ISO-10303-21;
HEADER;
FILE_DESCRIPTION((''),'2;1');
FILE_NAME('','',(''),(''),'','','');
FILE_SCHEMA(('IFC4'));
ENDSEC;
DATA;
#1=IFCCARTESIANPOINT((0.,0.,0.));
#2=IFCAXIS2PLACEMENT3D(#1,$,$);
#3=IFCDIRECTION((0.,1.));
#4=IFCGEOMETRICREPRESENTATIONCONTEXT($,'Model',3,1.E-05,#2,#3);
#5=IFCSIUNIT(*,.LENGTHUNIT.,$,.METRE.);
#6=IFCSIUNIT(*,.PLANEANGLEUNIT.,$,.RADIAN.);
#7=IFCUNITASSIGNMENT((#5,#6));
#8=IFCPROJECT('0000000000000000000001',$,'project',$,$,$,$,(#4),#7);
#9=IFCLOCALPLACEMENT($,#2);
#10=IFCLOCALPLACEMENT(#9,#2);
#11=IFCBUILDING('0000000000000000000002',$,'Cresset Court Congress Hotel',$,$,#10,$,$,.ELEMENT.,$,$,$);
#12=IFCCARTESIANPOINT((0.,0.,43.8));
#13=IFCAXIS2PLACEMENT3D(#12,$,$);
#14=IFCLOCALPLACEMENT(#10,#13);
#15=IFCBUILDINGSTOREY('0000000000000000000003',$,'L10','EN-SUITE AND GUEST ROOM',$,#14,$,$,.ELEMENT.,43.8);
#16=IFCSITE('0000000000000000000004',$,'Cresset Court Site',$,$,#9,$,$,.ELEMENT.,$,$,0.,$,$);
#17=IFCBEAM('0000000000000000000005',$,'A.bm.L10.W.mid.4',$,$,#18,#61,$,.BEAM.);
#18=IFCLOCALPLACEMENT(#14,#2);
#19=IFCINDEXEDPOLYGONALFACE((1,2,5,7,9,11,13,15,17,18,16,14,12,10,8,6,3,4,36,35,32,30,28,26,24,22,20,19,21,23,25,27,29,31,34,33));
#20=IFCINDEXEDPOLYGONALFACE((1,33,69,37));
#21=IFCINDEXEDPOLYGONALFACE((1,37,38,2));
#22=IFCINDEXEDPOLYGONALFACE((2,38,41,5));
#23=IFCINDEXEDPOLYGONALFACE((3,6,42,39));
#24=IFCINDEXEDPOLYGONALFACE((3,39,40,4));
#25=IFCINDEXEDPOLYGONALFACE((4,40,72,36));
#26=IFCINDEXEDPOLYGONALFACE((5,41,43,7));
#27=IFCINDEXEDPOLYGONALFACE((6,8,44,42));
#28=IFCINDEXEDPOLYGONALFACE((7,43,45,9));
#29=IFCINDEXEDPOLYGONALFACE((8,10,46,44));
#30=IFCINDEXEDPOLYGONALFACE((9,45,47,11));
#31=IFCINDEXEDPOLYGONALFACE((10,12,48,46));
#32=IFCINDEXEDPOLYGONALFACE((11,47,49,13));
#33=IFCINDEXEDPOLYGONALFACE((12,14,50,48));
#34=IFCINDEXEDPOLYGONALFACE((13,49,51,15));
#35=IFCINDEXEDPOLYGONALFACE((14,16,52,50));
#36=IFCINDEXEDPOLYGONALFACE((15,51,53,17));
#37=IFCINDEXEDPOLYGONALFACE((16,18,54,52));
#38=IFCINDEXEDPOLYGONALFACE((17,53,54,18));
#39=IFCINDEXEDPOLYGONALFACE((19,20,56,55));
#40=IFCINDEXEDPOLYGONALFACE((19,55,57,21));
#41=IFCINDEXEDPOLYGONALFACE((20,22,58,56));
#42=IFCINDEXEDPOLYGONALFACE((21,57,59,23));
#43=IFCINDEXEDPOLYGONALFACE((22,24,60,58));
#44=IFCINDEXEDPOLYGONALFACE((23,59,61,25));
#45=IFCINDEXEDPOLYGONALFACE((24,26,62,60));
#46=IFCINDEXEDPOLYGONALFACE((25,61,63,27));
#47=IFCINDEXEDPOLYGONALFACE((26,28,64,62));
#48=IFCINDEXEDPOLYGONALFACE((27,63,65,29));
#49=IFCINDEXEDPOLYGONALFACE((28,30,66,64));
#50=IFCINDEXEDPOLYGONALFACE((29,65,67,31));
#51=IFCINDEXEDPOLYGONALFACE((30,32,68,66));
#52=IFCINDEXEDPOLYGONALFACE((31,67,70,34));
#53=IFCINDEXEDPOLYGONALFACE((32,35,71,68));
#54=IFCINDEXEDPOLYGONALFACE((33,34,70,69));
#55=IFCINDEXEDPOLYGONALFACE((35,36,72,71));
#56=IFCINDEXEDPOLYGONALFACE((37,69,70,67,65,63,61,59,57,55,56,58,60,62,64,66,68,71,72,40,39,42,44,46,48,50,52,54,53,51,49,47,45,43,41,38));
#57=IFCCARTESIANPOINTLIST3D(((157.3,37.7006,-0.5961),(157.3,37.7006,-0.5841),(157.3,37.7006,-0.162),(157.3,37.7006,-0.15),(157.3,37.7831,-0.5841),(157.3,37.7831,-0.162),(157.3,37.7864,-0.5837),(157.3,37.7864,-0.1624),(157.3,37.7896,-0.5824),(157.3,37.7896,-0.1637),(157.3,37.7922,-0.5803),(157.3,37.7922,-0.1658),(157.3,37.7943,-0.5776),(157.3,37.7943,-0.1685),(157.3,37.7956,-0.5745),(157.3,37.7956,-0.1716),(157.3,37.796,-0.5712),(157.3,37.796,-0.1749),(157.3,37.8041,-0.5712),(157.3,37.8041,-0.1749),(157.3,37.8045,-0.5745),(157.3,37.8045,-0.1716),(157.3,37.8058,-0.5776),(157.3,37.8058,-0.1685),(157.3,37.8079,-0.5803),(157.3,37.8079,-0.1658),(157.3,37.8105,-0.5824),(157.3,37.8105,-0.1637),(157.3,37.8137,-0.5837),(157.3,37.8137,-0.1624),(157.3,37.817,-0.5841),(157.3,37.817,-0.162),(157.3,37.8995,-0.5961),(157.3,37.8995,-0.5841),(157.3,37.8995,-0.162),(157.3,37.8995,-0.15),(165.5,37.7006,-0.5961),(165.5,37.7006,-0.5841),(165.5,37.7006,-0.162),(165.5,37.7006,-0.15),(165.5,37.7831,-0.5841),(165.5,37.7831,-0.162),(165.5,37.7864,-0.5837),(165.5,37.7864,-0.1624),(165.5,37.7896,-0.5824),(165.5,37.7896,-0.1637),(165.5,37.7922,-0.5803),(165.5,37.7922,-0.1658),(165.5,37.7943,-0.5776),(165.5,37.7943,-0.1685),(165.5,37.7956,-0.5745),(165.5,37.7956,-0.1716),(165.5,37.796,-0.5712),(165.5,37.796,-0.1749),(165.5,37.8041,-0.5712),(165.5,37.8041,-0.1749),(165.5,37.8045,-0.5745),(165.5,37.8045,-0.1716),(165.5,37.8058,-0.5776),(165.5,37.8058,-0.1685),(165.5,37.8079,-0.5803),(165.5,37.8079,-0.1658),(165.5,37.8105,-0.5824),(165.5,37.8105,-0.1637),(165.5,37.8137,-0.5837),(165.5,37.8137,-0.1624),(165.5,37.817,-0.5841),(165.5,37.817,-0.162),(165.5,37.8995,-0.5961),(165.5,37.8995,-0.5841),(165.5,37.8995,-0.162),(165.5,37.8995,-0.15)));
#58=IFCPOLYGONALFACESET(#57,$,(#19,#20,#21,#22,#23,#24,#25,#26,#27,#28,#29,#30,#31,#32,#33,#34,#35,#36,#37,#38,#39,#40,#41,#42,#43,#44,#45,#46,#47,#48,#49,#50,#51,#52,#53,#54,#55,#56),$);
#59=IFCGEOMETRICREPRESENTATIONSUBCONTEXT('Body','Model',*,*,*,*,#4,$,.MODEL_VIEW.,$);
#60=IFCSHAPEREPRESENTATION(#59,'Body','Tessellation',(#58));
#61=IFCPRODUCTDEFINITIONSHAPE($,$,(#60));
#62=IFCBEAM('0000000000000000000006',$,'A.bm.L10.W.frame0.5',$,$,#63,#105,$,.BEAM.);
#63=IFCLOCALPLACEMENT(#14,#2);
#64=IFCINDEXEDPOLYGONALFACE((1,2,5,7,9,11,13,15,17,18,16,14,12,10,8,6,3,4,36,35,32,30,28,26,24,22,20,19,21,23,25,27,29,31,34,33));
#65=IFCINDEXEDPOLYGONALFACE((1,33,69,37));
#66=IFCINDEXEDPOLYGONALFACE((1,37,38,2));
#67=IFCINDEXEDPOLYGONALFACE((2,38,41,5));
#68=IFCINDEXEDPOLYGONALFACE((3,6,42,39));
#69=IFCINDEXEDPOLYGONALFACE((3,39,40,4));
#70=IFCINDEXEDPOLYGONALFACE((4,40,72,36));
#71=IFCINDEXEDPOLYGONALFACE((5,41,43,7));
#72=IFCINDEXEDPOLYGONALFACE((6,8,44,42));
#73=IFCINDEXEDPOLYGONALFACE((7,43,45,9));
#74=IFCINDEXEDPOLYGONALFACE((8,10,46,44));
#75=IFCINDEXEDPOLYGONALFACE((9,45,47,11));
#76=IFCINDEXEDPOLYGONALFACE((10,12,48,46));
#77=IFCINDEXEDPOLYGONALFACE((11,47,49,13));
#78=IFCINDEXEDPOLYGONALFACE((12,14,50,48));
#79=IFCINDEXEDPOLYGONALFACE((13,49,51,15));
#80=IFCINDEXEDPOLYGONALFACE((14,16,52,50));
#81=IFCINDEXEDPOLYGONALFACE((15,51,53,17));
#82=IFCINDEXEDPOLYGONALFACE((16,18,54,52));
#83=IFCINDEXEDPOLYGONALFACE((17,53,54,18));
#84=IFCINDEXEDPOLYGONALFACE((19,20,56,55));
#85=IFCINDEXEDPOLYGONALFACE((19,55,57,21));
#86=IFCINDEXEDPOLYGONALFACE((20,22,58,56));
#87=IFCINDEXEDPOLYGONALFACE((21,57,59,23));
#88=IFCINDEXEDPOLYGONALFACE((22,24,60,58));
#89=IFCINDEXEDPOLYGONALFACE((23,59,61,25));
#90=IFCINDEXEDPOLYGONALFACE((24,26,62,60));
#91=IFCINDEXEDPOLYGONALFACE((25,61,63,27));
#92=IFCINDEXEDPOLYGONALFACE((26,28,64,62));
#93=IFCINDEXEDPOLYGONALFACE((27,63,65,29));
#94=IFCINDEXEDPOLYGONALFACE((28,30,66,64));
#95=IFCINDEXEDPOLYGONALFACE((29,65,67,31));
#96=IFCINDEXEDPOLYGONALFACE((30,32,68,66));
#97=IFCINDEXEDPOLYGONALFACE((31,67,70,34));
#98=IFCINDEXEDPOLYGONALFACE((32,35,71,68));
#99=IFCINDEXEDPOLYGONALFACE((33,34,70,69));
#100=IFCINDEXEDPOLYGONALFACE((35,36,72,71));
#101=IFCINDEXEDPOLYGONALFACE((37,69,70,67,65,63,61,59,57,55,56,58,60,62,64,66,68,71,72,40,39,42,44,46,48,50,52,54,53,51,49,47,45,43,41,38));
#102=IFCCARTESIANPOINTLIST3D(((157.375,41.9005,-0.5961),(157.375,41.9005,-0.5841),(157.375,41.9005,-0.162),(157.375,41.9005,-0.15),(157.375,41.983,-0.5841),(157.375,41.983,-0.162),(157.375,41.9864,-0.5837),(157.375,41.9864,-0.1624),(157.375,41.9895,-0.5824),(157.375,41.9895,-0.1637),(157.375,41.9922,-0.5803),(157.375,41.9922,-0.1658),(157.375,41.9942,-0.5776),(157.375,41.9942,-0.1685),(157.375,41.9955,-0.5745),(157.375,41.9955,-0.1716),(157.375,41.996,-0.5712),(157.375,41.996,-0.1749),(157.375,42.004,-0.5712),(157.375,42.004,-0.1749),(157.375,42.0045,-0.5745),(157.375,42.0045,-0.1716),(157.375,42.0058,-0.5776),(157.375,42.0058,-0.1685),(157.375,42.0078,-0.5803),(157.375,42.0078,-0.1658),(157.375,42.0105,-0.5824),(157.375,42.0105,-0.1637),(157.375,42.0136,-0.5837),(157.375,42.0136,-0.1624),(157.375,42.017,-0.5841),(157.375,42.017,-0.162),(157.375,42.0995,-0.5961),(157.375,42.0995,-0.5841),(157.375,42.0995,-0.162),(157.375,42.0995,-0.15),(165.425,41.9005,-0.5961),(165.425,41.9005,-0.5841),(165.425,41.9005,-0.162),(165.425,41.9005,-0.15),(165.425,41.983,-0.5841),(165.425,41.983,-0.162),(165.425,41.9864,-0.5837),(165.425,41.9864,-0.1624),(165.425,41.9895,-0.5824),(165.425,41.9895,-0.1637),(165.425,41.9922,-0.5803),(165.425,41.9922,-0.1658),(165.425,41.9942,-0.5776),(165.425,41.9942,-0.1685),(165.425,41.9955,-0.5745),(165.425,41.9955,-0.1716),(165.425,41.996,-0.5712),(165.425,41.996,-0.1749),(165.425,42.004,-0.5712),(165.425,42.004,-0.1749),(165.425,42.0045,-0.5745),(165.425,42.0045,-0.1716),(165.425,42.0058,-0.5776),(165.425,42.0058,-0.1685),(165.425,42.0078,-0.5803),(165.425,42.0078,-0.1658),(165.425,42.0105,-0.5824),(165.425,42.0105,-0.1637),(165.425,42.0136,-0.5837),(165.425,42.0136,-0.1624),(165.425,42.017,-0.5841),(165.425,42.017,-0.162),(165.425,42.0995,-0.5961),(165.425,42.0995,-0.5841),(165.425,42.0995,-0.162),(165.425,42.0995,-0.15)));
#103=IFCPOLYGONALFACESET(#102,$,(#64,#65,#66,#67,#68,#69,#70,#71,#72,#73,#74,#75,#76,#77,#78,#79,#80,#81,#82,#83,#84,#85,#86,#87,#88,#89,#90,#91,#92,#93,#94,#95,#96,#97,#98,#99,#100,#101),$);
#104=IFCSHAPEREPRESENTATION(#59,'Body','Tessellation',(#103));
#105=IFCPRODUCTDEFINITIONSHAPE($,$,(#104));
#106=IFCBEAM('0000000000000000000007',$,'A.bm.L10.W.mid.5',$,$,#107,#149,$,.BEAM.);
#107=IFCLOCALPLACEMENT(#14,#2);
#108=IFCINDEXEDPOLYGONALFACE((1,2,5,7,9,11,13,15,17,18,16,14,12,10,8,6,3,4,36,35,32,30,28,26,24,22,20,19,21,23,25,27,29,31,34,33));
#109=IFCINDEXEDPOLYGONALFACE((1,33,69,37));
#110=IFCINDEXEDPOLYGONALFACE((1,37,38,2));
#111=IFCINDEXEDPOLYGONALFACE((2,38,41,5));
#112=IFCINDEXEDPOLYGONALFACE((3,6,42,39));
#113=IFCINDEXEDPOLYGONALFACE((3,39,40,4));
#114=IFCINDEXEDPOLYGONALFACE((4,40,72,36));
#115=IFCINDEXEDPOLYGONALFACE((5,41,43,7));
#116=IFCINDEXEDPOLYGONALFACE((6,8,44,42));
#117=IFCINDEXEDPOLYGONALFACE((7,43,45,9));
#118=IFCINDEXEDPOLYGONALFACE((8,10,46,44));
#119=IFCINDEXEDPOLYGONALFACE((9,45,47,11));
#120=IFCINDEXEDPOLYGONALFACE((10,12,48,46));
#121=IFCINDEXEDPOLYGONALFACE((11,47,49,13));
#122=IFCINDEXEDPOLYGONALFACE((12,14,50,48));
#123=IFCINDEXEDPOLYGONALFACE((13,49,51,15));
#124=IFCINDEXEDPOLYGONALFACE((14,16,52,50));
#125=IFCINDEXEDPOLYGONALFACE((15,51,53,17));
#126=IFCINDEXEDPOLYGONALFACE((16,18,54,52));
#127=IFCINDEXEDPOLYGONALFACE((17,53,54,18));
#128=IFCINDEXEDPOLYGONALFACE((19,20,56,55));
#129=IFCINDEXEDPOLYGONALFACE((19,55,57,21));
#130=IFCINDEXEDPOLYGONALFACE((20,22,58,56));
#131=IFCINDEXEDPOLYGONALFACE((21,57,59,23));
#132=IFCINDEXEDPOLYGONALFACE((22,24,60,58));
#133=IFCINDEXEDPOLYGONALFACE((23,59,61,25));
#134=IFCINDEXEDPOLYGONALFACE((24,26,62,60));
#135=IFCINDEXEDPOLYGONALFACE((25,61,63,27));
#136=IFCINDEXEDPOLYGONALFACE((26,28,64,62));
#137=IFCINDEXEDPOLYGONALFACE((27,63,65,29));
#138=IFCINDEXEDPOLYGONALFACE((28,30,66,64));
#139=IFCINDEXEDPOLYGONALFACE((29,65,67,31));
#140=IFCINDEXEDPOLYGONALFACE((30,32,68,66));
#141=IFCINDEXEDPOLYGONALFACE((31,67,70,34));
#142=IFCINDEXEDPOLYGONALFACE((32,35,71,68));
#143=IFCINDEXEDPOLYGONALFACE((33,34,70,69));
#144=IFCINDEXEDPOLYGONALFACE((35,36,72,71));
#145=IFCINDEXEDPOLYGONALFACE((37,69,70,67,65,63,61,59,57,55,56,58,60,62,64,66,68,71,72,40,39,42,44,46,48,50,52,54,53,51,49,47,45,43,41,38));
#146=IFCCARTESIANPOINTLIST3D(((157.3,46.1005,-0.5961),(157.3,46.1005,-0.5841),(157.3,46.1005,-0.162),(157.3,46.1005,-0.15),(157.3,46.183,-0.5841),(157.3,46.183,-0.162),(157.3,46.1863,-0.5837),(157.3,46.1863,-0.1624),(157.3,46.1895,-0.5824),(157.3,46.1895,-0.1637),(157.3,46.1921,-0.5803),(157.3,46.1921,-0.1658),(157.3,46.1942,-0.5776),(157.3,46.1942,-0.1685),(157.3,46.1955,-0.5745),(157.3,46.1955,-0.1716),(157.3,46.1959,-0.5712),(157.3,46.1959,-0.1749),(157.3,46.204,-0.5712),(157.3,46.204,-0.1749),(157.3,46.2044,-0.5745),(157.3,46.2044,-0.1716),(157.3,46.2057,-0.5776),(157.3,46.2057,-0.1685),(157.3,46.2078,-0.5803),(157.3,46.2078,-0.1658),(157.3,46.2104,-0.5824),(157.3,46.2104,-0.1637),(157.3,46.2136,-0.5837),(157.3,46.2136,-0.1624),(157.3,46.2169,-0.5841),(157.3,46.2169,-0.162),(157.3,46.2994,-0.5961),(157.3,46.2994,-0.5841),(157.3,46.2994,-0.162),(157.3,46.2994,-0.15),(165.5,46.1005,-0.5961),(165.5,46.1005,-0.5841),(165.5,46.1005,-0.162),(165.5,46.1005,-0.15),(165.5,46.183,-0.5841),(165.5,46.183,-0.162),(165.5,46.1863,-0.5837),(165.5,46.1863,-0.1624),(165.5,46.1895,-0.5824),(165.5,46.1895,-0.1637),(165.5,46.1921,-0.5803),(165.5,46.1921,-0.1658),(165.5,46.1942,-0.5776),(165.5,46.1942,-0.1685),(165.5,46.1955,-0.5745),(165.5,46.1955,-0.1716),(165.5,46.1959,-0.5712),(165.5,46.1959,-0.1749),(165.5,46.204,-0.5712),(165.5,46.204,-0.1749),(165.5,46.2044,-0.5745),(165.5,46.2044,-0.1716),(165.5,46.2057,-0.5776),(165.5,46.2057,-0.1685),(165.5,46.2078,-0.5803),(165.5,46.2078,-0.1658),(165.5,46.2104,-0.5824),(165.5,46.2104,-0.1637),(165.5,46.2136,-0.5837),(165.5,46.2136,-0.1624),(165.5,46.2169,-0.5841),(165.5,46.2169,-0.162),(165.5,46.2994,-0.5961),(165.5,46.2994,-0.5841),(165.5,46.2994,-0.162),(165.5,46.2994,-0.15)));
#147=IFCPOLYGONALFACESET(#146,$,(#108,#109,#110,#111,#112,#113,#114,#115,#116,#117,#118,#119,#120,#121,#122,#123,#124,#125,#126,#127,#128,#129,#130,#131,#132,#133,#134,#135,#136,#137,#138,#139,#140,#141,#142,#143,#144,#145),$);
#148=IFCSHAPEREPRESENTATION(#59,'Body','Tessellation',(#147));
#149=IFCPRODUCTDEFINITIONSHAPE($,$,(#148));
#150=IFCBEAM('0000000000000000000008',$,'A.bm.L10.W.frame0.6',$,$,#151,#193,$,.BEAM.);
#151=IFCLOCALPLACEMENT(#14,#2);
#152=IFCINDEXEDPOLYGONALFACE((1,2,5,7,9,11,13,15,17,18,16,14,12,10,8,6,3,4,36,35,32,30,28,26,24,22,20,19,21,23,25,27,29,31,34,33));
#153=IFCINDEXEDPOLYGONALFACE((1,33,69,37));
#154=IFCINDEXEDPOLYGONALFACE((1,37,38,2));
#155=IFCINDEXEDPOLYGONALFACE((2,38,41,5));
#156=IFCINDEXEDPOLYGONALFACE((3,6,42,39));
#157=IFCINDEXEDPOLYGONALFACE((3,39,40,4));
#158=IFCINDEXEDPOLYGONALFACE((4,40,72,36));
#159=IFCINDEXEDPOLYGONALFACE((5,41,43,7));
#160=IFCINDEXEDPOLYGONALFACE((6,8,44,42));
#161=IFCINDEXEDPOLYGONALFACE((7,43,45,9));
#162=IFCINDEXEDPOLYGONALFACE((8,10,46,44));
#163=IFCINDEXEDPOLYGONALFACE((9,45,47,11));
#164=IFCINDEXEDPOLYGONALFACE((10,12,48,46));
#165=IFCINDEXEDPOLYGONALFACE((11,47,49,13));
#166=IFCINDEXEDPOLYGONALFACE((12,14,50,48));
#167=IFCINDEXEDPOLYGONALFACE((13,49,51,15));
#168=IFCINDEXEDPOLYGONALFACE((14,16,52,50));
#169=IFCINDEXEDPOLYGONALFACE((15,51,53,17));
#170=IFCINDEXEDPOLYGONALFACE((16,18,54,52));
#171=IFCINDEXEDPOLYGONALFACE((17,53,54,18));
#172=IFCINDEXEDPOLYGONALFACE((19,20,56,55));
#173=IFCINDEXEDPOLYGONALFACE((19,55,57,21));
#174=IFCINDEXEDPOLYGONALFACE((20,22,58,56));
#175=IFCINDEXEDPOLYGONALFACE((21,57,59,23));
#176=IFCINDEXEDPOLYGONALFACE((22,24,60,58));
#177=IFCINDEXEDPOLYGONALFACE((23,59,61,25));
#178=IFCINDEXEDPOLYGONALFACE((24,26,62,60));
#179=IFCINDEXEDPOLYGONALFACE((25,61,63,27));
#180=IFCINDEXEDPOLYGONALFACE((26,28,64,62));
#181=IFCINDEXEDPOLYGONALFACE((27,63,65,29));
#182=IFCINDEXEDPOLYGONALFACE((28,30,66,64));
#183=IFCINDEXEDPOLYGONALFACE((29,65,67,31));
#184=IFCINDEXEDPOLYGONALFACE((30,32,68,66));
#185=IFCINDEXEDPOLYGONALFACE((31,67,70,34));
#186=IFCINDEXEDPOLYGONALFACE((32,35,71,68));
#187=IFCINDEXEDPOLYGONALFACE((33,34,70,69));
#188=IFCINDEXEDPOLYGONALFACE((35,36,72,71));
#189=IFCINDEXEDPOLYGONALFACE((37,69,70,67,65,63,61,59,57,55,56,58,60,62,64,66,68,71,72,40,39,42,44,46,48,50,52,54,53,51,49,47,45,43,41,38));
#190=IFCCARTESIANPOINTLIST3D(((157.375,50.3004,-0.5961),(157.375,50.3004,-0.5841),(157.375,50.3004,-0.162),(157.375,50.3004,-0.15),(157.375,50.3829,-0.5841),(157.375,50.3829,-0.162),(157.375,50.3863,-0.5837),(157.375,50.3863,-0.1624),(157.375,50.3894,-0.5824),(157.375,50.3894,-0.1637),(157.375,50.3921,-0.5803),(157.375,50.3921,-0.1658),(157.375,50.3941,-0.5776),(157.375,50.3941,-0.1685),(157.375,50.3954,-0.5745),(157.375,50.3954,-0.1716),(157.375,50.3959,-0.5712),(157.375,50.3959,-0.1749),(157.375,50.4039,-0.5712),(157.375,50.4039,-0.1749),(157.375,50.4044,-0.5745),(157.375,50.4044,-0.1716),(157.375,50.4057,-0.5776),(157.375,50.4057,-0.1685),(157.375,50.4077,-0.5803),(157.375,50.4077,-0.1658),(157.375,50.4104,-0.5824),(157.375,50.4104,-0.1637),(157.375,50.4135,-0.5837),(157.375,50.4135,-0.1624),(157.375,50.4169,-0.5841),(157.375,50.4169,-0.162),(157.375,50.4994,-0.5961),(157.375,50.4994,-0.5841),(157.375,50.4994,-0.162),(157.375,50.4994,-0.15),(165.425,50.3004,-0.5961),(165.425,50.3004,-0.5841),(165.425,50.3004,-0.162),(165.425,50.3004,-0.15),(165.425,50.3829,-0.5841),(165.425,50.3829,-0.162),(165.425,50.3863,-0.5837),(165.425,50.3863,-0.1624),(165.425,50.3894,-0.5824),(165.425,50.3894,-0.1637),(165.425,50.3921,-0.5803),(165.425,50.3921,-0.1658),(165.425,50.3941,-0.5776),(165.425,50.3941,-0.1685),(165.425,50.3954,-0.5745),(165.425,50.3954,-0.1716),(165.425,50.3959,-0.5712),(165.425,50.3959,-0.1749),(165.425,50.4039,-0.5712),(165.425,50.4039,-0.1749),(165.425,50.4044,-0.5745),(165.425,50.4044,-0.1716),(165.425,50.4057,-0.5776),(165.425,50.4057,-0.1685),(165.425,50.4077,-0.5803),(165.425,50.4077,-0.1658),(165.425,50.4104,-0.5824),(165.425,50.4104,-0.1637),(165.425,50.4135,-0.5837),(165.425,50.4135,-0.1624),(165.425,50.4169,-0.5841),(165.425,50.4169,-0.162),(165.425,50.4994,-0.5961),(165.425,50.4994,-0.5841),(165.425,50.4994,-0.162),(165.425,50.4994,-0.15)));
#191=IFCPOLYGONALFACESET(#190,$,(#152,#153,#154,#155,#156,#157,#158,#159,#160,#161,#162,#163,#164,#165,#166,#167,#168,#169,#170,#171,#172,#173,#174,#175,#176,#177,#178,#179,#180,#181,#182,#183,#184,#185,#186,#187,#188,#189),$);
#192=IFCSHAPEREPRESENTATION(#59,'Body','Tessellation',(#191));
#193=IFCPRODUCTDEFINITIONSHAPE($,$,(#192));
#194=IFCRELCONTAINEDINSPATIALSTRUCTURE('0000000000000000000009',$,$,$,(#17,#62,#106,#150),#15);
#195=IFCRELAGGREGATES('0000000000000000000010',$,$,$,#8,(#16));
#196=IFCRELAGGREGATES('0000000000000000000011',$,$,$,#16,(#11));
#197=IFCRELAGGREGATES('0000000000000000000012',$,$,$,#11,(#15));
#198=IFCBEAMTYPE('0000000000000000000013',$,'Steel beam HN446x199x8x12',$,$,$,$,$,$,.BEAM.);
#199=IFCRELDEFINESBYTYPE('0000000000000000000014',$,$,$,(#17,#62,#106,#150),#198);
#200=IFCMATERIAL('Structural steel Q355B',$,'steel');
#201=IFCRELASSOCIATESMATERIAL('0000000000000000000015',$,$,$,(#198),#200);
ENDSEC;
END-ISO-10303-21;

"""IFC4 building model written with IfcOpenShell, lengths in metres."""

from ifc_helpers import new_model, si_unit, direction, frame, origin, origin_2d, place, context, subcontext, project, spatial, i_section, extrude, material, material_profile, profile_set, type_object, element, save


model = new_model("IFC4")

# Units and contexts
model_context = context("Model", 3, precision=1e-05, world=origin(), true_north=direction((0.0, 1.0)))
body_context = subcontext(model_context, "Body", "Model", "MODEL_VIEW")
ifc_project = project(units=[si_unit("LENGTHUNIT", "METRE"), si_unit("PLANEANGLEUNIT", "RADIAN")], contexts=[model_context])

# Site, building, storey
site_placement = place(None, origin())
site = spatial("IfcSite", under=ifc_project, at=site_placement, Name="Cresset Court Site", CompositionType="ELEMENT", RefElevation=0.0)
building_placement = place(site_placement, origin())
building = spatial("IfcBuilding", under=site, at=building_placement, Name="Cresset Court Congress Hotel", CompositionType="ELEMENT")
storey_placement = place(building_placement, frame((0.0, 0.0, 43.8)))
storey = spatial("IfcBuildingStorey", under=building, at=storey_placement, Name="L10", Description="EN-SUITE AND GUEST ROOM", CompositionType="ELEMENT", Elevation=43.8)

# Beams
ifc_material_1 = material(Name="Structural steel Q355B", Category="steel")
ifc_material_profile_1 = material_profile(ifc_material_1, i_section(OverallWidth=0.199, OverallDepth=0.446, WebThickness=0.0081, FlangeThickness=0.012, FilletRadius=0.0129, at=origin_2d()), Name="HN446x199x8x12")
ifc_profile_set_1 = profile_set([ifc_material_profile_1], Name="Structural steel Q355B")
beam_type_1 = type_object("IfcBeamType", Name="Steel beam HN446x199x8x12", PredefinedType="BEAM", material=ifc_profile_set_1)
beam_1_placement = place(storey_placement, frame((157.3, 37.8, -0.373), z_axis=(1.0, 0.0, 0.0), x_axis=(0.0, 1.0, 0.0)))
element("IfcBeam", 1, at=beam_1_placement, inside=storey, type_object=beam_type_1, Name="A.bm.L10.W.mid.4", PredefinedType="BEAM", context=body_context, shape_type="SweptSolid", body=[
    extrude(i_section(OverallWidth=0.199, OverallDepth=0.446, WebThickness=0.0081, FlangeThickness=0.012, FilletRadius=0.0129, at=origin_2d()), origin(), (0.0, 0.0, 1.0), 8.2),
])
beam_2_placement = place(storey_placement, frame((157.375, 42.0, -0.373), z_axis=(1.0, 0.0, 0.0), x_axis=(0.0, 1.0, 0.0)))
element("IfcBeam", 2, at=beam_2_placement, inside=storey, type_object=beam_type_1, Name="A.bm.L10.W.frame0.5", PredefinedType="BEAM", context=body_context, shape_type="SweptSolid", body=[
    extrude(i_section(OverallWidth=0.199, OverallDepth=0.446, WebThickness=0.0081, FlangeThickness=0.012, FilletRadius=0.0129, at=origin_2d()), origin(), (0.0, 0.0, 1.0), 8.05),
])
beam_3_placement = place(storey_placement, frame((157.3, 46.2, -0.373), z_axis=(1.0, 0.0, 0.0), x_axis=(0.0, 1.0, 0.0)))
element("IfcBeam", 3, at=beam_3_placement, inside=storey, type_object=beam_type_1, Name="A.bm.L10.W.mid.5", PredefinedType="BEAM", context=body_context, shape_type="SweptSolid", body=[
    extrude(i_section(OverallWidth=0.199, OverallDepth=0.446, WebThickness=0.0081, FlangeThickness=0.012, FilletRadius=0.0129, at=origin_2d()), origin(), (0.0, 0.0, 1.0), 8.2),
])
beam_4_placement = place(storey_placement, frame((157.375, 50.3999, -0.373), z_axis=(1.0, 0.0, 0.0), x_axis=(0.0, 1.0, 0.0)))
element("IfcBeam", 4, at=beam_4_placement, inside=storey, type_object=beam_type_1, Name="A.bm.L10.W.frame0.6", PredefinedType="BEAM", context=body_context, shape_type="SweptSolid", body=[
    extrude(i_section(OverallWidth=0.199, OverallDepth=0.446, WebThickness=0.0081, FlangeThickness=0.012, FilletRadius=0.0129, at=origin_2d()), origin(), (0.0, 0.0, 1.0), 8.05),
])

save(model, "model.ifc")
